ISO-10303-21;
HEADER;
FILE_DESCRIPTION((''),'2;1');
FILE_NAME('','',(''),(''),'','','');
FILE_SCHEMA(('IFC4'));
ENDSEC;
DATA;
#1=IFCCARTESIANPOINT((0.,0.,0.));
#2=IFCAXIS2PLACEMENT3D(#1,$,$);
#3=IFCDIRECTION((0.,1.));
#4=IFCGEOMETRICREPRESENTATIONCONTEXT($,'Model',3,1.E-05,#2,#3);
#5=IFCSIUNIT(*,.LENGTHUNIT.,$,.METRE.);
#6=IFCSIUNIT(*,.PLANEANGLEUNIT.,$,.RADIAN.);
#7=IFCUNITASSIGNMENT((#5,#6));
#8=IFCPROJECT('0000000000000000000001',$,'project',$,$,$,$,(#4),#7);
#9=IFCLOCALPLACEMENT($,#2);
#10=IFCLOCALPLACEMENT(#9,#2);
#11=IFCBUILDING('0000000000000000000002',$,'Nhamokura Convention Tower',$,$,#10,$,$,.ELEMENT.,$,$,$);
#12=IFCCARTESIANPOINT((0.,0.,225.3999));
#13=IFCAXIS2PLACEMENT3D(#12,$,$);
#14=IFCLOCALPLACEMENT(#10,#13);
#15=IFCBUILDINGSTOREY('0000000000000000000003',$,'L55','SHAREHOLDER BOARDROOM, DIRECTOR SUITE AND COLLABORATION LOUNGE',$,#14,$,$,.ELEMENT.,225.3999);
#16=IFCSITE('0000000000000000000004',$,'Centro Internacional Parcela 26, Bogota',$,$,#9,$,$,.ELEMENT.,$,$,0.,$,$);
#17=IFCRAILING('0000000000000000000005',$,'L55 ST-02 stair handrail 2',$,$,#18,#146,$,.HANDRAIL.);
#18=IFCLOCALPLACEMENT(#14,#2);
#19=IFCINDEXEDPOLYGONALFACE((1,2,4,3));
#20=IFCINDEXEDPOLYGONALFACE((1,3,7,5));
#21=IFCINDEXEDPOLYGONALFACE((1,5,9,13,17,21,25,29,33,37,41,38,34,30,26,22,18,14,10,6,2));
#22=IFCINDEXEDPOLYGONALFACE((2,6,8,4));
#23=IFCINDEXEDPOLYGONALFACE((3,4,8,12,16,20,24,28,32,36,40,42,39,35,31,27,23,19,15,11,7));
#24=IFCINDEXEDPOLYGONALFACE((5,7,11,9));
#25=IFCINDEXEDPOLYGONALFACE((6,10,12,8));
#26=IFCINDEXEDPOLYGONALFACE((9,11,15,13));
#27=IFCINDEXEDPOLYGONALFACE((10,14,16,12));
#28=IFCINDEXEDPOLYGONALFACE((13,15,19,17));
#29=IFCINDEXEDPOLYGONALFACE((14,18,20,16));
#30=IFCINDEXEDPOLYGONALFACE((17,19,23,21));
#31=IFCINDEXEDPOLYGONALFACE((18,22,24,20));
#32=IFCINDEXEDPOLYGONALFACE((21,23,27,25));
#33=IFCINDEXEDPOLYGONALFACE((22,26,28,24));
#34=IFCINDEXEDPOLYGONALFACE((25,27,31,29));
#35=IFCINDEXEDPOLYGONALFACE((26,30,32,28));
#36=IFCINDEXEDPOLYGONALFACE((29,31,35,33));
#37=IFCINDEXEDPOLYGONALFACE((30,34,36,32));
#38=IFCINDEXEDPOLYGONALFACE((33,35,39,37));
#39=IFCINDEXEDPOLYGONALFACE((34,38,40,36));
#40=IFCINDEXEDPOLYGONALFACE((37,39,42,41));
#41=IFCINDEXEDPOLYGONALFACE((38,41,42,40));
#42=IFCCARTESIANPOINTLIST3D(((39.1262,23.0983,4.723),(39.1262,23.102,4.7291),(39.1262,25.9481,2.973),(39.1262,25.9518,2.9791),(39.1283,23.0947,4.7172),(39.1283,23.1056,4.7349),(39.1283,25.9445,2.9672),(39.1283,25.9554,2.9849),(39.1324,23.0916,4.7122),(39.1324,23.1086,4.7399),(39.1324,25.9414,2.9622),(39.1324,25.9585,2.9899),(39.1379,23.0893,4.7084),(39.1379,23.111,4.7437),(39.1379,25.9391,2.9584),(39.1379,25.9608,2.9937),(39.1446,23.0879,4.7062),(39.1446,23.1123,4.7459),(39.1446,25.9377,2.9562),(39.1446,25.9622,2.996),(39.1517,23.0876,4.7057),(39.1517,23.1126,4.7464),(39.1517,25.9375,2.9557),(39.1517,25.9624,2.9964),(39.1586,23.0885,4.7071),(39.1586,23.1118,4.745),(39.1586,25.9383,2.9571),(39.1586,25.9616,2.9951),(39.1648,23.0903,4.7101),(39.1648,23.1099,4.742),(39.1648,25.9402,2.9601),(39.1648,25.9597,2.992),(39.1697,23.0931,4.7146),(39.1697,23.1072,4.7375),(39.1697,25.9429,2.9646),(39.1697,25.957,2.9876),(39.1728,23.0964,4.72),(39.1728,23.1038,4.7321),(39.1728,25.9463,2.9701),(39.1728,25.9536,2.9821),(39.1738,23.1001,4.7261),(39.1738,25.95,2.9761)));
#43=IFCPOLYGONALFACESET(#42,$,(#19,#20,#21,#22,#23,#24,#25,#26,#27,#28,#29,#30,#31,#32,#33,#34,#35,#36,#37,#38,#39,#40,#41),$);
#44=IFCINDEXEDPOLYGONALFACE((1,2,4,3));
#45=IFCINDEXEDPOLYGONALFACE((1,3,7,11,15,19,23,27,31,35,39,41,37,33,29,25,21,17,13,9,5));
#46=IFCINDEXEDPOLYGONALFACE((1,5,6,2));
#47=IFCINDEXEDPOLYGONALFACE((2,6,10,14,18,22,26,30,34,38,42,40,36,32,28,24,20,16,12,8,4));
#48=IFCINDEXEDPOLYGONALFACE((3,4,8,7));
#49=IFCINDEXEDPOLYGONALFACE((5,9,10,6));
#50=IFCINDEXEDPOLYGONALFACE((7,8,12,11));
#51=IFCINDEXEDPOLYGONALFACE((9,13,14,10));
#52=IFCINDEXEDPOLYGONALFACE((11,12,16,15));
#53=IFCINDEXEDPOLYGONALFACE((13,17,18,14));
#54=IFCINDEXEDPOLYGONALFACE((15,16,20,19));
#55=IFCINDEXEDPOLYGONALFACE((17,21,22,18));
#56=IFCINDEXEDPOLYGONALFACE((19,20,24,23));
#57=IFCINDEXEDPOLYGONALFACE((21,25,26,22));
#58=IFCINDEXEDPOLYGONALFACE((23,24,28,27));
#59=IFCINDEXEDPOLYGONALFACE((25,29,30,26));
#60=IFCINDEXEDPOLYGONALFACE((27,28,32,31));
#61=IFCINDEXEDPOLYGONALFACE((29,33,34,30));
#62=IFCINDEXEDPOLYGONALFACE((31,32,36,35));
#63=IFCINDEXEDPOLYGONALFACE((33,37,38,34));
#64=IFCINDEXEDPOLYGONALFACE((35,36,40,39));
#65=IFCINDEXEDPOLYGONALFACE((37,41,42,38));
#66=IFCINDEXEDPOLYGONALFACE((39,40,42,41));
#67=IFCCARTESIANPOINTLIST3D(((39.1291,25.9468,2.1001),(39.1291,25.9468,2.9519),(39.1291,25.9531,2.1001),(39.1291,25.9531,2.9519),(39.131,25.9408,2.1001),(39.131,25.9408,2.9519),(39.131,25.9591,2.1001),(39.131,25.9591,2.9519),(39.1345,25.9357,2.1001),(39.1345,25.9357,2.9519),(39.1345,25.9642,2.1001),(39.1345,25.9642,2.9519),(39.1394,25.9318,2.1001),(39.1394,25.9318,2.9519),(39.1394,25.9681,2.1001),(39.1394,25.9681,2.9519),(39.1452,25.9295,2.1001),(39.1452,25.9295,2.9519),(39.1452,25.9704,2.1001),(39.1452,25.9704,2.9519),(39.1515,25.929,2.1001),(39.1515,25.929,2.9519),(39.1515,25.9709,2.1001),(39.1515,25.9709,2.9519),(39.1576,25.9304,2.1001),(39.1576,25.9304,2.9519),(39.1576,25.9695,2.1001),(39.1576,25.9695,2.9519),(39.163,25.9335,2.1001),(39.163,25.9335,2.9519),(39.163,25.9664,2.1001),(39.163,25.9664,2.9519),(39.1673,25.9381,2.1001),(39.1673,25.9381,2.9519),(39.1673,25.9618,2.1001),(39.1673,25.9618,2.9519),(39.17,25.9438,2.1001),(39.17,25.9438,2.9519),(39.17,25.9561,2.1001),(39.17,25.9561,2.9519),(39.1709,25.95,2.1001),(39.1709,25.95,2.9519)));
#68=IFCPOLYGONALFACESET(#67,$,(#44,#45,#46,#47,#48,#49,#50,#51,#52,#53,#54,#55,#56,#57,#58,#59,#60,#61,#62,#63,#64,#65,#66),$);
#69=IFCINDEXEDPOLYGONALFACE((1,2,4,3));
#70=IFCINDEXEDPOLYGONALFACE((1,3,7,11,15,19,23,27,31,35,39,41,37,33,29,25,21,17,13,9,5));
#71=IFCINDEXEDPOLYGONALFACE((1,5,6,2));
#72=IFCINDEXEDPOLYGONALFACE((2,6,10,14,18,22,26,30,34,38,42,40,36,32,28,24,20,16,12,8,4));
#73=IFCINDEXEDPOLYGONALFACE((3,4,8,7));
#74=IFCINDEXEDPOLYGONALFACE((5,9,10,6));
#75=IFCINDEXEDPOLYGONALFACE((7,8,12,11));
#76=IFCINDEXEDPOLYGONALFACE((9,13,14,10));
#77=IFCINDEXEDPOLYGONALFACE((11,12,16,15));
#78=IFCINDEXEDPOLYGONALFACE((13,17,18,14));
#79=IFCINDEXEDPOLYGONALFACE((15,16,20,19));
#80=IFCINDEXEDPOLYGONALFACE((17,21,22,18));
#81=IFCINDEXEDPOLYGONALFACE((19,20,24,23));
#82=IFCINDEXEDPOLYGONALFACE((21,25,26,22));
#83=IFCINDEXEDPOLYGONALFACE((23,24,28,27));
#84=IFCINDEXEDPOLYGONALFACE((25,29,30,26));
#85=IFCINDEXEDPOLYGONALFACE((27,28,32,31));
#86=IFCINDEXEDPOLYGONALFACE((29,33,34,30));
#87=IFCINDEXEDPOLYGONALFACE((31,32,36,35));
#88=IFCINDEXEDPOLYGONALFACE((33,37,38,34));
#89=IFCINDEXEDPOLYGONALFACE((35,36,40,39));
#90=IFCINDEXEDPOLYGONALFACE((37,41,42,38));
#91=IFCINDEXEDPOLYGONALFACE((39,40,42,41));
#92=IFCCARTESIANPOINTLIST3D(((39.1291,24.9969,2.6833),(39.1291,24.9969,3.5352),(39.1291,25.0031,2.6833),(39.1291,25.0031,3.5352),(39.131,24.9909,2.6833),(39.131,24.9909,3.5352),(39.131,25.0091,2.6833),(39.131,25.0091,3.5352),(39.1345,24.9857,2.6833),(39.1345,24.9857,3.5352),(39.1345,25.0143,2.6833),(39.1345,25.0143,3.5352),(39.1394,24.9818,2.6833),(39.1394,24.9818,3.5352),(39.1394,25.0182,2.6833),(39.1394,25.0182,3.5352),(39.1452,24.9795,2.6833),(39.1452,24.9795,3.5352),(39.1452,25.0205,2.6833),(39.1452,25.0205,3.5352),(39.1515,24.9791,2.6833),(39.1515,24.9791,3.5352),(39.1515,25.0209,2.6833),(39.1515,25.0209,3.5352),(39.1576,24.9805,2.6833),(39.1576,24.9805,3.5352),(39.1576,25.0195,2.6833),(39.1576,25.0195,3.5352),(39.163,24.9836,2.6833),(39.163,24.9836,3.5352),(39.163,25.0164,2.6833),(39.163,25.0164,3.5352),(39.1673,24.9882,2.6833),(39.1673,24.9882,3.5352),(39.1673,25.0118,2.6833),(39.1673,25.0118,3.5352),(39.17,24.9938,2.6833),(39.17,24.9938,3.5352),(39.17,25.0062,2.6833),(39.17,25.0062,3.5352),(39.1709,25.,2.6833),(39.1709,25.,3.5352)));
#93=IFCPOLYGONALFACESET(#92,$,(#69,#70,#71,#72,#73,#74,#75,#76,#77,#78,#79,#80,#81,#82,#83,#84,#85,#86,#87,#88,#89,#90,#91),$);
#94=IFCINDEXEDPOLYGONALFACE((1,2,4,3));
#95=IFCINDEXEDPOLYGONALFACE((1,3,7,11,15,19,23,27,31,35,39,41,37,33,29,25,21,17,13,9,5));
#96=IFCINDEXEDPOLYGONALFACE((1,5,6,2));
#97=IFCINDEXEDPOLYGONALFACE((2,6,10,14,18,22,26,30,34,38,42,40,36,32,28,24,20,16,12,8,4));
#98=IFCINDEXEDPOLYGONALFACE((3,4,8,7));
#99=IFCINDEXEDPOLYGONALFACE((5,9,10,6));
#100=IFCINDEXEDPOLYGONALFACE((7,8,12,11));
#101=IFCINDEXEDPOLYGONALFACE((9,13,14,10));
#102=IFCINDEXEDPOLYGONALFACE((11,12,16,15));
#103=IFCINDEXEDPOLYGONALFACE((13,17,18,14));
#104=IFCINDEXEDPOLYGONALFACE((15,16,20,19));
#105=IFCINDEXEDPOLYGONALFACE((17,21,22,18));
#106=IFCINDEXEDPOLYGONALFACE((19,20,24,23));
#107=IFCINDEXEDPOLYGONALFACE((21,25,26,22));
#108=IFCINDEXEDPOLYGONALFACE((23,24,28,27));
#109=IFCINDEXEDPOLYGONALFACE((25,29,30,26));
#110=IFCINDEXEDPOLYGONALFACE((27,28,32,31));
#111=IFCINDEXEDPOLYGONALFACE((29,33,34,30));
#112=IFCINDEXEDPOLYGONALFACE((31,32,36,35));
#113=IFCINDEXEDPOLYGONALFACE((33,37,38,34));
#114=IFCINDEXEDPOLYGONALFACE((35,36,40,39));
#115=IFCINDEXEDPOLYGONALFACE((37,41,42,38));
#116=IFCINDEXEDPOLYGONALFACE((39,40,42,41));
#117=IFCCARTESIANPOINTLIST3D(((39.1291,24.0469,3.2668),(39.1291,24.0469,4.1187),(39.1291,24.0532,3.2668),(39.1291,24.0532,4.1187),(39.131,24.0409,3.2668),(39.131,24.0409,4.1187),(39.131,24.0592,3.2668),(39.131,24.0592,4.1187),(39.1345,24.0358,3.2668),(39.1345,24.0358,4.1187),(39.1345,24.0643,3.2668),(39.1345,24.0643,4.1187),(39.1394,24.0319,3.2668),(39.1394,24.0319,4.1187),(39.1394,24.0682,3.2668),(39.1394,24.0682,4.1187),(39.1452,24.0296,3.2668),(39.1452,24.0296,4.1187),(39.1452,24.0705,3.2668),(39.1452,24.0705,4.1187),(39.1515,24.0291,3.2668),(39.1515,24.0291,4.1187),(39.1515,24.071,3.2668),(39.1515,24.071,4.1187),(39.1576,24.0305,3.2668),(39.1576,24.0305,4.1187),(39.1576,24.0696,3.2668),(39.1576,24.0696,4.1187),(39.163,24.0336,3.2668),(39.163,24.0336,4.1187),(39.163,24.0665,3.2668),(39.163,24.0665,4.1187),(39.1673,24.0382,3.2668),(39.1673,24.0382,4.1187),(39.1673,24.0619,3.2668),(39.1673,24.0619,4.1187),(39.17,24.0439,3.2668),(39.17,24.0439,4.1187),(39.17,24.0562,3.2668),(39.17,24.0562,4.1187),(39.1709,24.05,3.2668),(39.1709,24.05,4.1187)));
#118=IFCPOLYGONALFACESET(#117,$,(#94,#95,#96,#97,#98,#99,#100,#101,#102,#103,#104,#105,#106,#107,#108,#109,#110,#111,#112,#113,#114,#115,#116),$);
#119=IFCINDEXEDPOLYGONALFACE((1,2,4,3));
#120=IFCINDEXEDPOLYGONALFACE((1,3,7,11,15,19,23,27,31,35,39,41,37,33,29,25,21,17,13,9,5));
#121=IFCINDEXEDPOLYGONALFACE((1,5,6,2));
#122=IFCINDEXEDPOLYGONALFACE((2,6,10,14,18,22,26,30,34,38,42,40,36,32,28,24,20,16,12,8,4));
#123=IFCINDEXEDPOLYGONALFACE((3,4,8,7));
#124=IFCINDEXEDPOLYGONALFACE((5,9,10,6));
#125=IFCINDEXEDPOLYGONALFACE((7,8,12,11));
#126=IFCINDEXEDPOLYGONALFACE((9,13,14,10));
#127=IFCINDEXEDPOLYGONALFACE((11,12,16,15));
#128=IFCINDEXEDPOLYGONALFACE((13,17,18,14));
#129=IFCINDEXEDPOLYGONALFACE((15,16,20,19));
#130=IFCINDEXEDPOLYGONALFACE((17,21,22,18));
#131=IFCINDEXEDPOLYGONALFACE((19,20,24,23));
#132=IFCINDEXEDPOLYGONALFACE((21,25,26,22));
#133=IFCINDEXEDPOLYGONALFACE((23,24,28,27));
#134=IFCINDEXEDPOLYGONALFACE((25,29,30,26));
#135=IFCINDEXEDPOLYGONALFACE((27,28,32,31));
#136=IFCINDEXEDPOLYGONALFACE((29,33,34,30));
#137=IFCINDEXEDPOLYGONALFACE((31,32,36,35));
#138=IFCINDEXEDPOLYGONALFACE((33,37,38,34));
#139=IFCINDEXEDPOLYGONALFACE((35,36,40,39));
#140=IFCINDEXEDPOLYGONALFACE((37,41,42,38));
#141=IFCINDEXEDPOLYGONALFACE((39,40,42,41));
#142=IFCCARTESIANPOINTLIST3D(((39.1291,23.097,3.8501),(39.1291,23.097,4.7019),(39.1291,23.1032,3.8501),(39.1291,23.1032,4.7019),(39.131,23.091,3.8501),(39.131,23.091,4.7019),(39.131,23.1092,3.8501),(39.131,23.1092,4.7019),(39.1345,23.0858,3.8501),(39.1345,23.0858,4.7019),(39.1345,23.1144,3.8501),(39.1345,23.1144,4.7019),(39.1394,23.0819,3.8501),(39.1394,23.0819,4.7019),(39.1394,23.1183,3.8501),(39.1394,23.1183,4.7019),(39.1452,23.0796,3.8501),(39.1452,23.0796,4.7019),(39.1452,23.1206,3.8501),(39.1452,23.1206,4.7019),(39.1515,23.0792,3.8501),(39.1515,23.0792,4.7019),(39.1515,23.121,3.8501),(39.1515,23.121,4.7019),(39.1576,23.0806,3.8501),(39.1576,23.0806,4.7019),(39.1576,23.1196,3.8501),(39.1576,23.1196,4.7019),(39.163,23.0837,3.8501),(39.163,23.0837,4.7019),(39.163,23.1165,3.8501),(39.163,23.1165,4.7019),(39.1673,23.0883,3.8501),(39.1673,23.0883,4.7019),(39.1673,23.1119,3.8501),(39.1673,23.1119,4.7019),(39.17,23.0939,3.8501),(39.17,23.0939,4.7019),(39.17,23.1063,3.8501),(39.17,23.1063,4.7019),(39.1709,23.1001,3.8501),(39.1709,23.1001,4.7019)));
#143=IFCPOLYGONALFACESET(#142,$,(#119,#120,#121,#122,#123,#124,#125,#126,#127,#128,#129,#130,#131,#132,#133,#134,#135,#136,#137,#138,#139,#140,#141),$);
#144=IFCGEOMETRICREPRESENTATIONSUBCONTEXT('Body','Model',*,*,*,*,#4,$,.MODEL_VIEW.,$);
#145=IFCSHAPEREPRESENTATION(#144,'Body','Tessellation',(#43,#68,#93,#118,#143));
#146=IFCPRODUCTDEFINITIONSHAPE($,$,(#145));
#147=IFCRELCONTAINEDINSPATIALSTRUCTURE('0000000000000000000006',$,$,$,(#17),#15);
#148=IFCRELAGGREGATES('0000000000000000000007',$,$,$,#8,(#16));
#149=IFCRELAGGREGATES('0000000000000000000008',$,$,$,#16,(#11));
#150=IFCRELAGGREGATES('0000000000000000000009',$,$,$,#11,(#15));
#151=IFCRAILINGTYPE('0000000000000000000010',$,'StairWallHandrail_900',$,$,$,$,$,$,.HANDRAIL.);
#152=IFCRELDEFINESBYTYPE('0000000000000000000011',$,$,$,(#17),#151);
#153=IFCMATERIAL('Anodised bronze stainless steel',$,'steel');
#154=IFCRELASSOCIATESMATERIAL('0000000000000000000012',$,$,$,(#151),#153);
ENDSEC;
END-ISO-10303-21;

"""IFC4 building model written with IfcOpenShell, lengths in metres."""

from ifc_helpers import new_model, si_unit, direction, frame, origin, origin_2d, place, context, subcontext, project, spatial, circle, extrude, material, type_object, element, save


model = new_model("IFC4")

# Units and contexts
model_context = context("Model", 3, precision=1e-05, world=origin(), true_north=direction((0.0, 1.0)))
body_context = subcontext(model_context, "Body", "Model", "MODEL_VIEW")
ifc_project = project(units=[si_unit("LENGTHUNIT", "METRE"), si_unit("PLANEANGLEUNIT", "RADIAN")], contexts=[model_context])

# Site, building, storey
site_placement = place(None, origin())
site = spatial("IfcSite", under=ifc_project, at=site_placement, Name="Centro Internacional Parcela 26, Bogota", CompositionType="ELEMENT", RefElevation=0.0)
building_placement = place(site_placement, origin())
building = spatial("IfcBuilding", under=site, at=building_placement, Name="Nhamokura Convention Tower", CompositionType="ELEMENT")
storey_placement = place(building_placement, frame((0.0, 0.0, 225.3999)))
storey = spatial("IfcBuildingStorey", under=building, at=storey_placement, Name="L55", Description="SHAREHOLDER BOARDROOM, DIRECTOR SUITE AND COLLABORATION LOUNGE", CompositionType="ELEMENT", Elevation=225.3999)

# Railing
ifc_material_1 = material(Name="Anodised bronze stainless steel", Category="steel")
railing_type_1 = type_object("IfcRailingType", Name="StairWallHandrail_900", PredefinedType="HANDRAIL", material=ifc_material_1)
railing_1_placement = place(storey_placement, frame((39.1499, 25.95, 2.1001)))
element("IfcRailing", 1, at=railing_1_placement, inside=storey, type_object=railing_type_1, Name="L55 ST-02 stair handrail 2", PredefinedType="HANDRAIL", context=body_context, shape_type="SweptSolid", body=[
    extrude(circle(Radius=0.0239, at=origin_2d()), frame((0.0, 0.0, 0.876), z_axis=(0.0, -0.852159, 0.523283), x_axis=(1.0, 0.0, 0.0)), (0.0, 0.0, 1.0), 3.3442),
    extrude(circle(Radius=0.021, at=origin_2d()), origin(), (0.0, 0.0, 1.0), 0.8518),
    extrude(circle(Radius=0.021, at=origin_2d()), frame((0.0, -0.95, 0.5833)), (0.0, 0.0, 1.0), 0.8518),
    extrude(circle(Radius=0.021, at=origin_2d()), frame((0.0, -1.8999, 1.1667)), (0.0, 0.0, 1.0), 0.8518),
    extrude(circle(Radius=0.021, at=origin_2d()), frame((0.0, -2.8499, 1.75)), (0.0, 0.0, 1.0), 0.8518),
])

save(model, "model.ifc")
